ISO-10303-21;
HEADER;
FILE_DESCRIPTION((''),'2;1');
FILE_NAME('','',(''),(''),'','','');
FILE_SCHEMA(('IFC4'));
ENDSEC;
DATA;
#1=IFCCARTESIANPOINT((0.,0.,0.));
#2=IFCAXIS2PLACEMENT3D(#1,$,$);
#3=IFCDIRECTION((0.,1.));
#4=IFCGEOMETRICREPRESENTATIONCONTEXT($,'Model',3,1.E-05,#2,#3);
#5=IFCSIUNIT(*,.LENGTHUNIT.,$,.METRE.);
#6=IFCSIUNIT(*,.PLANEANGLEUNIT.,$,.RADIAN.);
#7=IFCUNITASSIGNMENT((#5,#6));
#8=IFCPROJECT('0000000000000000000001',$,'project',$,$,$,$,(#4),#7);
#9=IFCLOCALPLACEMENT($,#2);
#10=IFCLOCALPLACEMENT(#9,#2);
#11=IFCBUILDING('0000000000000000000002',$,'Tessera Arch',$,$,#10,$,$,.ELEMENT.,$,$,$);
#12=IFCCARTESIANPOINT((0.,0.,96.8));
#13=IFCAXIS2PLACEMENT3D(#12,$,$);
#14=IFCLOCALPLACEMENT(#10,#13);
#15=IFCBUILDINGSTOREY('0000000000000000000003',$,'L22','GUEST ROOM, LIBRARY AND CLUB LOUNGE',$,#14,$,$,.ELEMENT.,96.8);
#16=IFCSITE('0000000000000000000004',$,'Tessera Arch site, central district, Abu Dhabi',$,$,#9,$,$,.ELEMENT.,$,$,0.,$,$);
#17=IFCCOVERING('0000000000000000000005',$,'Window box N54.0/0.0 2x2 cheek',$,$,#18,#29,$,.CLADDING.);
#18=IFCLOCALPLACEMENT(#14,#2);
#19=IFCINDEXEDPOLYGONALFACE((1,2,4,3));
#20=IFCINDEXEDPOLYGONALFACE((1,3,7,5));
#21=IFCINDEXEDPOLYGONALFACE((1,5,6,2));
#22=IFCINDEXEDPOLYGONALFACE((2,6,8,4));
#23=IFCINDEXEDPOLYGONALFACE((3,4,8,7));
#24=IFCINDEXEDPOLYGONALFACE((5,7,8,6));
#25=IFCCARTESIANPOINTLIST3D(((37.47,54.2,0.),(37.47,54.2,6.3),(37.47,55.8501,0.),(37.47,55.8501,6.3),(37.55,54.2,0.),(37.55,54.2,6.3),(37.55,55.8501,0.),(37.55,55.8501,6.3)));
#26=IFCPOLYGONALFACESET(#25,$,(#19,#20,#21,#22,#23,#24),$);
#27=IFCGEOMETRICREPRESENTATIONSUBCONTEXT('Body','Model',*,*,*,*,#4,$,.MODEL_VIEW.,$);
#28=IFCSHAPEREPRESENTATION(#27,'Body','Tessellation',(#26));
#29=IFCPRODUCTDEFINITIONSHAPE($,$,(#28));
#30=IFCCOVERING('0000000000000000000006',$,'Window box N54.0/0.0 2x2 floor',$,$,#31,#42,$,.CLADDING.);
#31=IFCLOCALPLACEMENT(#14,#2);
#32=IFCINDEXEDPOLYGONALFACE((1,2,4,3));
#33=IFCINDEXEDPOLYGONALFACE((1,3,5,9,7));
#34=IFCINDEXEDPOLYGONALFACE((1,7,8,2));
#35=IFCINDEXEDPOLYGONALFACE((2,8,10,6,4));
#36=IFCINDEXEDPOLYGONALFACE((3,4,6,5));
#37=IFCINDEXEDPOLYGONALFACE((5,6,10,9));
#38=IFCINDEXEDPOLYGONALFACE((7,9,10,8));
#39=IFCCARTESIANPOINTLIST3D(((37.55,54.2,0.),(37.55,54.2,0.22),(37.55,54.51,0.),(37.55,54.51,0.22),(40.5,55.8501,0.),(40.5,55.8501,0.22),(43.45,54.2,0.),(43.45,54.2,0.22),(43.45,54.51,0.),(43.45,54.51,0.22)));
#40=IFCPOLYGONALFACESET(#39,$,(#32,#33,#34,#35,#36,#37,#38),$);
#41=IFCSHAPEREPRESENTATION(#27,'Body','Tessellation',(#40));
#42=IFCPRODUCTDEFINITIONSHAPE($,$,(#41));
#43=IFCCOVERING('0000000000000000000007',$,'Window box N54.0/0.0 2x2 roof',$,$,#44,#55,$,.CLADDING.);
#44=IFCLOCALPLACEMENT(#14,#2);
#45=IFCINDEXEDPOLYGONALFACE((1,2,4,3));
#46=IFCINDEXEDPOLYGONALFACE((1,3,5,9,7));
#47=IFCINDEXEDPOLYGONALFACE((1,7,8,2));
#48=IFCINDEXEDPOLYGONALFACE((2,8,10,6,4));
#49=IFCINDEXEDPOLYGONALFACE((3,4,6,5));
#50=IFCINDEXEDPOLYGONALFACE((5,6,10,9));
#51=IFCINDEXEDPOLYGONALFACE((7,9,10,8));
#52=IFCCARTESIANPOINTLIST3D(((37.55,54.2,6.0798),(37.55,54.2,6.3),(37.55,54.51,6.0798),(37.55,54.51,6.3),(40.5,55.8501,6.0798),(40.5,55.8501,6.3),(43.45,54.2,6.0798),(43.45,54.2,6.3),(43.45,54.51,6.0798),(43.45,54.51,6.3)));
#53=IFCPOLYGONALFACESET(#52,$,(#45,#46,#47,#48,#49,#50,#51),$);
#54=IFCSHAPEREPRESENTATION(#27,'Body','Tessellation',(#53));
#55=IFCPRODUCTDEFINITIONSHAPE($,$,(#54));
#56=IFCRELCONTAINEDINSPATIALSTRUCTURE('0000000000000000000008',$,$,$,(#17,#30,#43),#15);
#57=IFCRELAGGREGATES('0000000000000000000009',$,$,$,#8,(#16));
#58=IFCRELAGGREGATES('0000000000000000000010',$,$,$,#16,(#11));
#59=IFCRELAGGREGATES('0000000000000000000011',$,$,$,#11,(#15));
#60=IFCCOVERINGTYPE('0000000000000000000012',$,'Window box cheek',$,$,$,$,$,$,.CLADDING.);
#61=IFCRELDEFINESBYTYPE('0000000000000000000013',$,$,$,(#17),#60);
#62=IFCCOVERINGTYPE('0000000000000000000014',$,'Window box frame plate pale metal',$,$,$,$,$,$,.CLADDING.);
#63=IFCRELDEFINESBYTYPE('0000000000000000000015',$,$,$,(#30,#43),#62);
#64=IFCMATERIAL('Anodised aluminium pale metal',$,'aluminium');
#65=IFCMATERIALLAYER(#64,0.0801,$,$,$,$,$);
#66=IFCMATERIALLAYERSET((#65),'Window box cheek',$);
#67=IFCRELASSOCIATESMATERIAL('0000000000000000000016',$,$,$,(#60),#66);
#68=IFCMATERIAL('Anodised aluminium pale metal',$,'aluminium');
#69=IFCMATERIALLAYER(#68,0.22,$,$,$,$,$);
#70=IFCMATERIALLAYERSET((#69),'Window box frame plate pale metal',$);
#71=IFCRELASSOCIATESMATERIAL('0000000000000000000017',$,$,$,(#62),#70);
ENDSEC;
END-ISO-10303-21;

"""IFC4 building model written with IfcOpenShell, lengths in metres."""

from ifc_helpers import new_model, si_unit, direction, frame, origin, place, context, subcontext, project, spatial, polyline, outline, extrude, material, layer, layer_set, type_object, element, save


model = new_model("IFC4")

# Units and contexts
model_context = context("Model", 3, precision=1e-05, world=origin(), true_north=direction((0.0, 1.0)))
body_context = subcontext(model_context, "Body", "Model", "MODEL_VIEW")
ifc_project = project(units=[si_unit("LENGTHUNIT", "METRE"), si_unit("PLANEANGLEUNIT", "RADIAN")], contexts=[model_context])

# Site, building, storey
site_placement = place(None, origin())
site = spatial("IfcSite", under=ifc_project, at=site_placement, Name="Tessera Arch site, central district, Abu Dhabi", CompositionType="ELEMENT", RefElevation=0.0)
building_placement = place(site_placement, origin())
building = spatial("IfcBuilding", under=site, at=building_placement, Name="Tessera Arch", CompositionType="ELEMENT")
storey_placement = place(building_placement, frame((0.0, 0.0, 96.8)))
storey = spatial("IfcBuildingStorey", under=building, at=storey_placement, Name="L22", Description="GUEST ROOM, LIBRARY AND CLUB LOUNGE", CompositionType="ELEMENT", Elevation=96.8)

# Coverings
ifc_material_1 = material(Name="Anodised aluminium pale metal", Category="aluminium")
ifc_layer_1 = layer(ifc_material_1, 0.0801)
ifc_layer_set_1 = layer_set([ifc_layer_1], Name="Window box cheek")
covering_type_1 = type_object("IfcCoveringType", Name="Window box cheek", PredefinedType="CLADDING", material=ifc_layer_set_1)
covering_1_placement = place(storey_placement, origin())
element("IfcCovering", 1, at=covering_1_placement, inside=storey, type_object=covering_type_1, Name="Window box N54.0/0.0 2x2 cheek", PredefinedType="CLADDING", context=body_context, shape_type="SweptSolid", body=[
    extrude(outline(polyline([(37.55, 55.8501), (37.47, 55.8501), (37.47, 54.2), (37.55, 54.2), (37.55, 55.8501)])), origin(), (0.0, 0.0, 1.0), 6.3),
])
ifc_material_2 = material(Name="Anodised aluminium pale metal", Category="aluminium")
ifc_layer_2 = layer(ifc_material_2, 0.22)
ifc_layer_set_2 = layer_set([ifc_layer_2], Name="Window box frame plate pale metal")
covering_type_2 = type_object("IfcCoveringType", Name="Window box frame plate pale metal", PredefinedType="CLADDING", material=ifc_layer_set_2)
covering_2_placement = place(storey_placement, origin())
element("IfcCovering", 2, at=covering_2_placement, inside=storey, type_object=covering_type_2, Name="Window box N54.0/0.0 2x2 floor", PredefinedType="CLADDING", context=body_context, shape_type="SweptSolid", body=[
    extrude(outline(polyline([(43.45, 54.51), (40.5, 55.8501), (37.55, 54.51), (37.55, 54.2), (43.45, 54.2), (43.45, 54.51)])), origin(), (0.0, 0.0, 1.0), 0.22),
])
covering_3_placement = place(storey_placement, frame((0.0, 0.0, 6.0798)))
element("IfcCovering", 3, at=covering_3_placement, inside=storey, type_object=covering_type_2, Name="Window box N54.0/0.0 2x2 roof", PredefinedType="CLADDING", context=body_context, shape_type="SweptSolid", body=[
    extrude(outline(polyline([(43.45, 54.51), (40.5, 55.8501), (37.55, 54.51), (37.55, 54.2), (43.45, 54.2), (43.45, 54.51)])), origin(), (0.0, 0.0, 1.0), 0.2202),
])

save(model, "model.ifc")
